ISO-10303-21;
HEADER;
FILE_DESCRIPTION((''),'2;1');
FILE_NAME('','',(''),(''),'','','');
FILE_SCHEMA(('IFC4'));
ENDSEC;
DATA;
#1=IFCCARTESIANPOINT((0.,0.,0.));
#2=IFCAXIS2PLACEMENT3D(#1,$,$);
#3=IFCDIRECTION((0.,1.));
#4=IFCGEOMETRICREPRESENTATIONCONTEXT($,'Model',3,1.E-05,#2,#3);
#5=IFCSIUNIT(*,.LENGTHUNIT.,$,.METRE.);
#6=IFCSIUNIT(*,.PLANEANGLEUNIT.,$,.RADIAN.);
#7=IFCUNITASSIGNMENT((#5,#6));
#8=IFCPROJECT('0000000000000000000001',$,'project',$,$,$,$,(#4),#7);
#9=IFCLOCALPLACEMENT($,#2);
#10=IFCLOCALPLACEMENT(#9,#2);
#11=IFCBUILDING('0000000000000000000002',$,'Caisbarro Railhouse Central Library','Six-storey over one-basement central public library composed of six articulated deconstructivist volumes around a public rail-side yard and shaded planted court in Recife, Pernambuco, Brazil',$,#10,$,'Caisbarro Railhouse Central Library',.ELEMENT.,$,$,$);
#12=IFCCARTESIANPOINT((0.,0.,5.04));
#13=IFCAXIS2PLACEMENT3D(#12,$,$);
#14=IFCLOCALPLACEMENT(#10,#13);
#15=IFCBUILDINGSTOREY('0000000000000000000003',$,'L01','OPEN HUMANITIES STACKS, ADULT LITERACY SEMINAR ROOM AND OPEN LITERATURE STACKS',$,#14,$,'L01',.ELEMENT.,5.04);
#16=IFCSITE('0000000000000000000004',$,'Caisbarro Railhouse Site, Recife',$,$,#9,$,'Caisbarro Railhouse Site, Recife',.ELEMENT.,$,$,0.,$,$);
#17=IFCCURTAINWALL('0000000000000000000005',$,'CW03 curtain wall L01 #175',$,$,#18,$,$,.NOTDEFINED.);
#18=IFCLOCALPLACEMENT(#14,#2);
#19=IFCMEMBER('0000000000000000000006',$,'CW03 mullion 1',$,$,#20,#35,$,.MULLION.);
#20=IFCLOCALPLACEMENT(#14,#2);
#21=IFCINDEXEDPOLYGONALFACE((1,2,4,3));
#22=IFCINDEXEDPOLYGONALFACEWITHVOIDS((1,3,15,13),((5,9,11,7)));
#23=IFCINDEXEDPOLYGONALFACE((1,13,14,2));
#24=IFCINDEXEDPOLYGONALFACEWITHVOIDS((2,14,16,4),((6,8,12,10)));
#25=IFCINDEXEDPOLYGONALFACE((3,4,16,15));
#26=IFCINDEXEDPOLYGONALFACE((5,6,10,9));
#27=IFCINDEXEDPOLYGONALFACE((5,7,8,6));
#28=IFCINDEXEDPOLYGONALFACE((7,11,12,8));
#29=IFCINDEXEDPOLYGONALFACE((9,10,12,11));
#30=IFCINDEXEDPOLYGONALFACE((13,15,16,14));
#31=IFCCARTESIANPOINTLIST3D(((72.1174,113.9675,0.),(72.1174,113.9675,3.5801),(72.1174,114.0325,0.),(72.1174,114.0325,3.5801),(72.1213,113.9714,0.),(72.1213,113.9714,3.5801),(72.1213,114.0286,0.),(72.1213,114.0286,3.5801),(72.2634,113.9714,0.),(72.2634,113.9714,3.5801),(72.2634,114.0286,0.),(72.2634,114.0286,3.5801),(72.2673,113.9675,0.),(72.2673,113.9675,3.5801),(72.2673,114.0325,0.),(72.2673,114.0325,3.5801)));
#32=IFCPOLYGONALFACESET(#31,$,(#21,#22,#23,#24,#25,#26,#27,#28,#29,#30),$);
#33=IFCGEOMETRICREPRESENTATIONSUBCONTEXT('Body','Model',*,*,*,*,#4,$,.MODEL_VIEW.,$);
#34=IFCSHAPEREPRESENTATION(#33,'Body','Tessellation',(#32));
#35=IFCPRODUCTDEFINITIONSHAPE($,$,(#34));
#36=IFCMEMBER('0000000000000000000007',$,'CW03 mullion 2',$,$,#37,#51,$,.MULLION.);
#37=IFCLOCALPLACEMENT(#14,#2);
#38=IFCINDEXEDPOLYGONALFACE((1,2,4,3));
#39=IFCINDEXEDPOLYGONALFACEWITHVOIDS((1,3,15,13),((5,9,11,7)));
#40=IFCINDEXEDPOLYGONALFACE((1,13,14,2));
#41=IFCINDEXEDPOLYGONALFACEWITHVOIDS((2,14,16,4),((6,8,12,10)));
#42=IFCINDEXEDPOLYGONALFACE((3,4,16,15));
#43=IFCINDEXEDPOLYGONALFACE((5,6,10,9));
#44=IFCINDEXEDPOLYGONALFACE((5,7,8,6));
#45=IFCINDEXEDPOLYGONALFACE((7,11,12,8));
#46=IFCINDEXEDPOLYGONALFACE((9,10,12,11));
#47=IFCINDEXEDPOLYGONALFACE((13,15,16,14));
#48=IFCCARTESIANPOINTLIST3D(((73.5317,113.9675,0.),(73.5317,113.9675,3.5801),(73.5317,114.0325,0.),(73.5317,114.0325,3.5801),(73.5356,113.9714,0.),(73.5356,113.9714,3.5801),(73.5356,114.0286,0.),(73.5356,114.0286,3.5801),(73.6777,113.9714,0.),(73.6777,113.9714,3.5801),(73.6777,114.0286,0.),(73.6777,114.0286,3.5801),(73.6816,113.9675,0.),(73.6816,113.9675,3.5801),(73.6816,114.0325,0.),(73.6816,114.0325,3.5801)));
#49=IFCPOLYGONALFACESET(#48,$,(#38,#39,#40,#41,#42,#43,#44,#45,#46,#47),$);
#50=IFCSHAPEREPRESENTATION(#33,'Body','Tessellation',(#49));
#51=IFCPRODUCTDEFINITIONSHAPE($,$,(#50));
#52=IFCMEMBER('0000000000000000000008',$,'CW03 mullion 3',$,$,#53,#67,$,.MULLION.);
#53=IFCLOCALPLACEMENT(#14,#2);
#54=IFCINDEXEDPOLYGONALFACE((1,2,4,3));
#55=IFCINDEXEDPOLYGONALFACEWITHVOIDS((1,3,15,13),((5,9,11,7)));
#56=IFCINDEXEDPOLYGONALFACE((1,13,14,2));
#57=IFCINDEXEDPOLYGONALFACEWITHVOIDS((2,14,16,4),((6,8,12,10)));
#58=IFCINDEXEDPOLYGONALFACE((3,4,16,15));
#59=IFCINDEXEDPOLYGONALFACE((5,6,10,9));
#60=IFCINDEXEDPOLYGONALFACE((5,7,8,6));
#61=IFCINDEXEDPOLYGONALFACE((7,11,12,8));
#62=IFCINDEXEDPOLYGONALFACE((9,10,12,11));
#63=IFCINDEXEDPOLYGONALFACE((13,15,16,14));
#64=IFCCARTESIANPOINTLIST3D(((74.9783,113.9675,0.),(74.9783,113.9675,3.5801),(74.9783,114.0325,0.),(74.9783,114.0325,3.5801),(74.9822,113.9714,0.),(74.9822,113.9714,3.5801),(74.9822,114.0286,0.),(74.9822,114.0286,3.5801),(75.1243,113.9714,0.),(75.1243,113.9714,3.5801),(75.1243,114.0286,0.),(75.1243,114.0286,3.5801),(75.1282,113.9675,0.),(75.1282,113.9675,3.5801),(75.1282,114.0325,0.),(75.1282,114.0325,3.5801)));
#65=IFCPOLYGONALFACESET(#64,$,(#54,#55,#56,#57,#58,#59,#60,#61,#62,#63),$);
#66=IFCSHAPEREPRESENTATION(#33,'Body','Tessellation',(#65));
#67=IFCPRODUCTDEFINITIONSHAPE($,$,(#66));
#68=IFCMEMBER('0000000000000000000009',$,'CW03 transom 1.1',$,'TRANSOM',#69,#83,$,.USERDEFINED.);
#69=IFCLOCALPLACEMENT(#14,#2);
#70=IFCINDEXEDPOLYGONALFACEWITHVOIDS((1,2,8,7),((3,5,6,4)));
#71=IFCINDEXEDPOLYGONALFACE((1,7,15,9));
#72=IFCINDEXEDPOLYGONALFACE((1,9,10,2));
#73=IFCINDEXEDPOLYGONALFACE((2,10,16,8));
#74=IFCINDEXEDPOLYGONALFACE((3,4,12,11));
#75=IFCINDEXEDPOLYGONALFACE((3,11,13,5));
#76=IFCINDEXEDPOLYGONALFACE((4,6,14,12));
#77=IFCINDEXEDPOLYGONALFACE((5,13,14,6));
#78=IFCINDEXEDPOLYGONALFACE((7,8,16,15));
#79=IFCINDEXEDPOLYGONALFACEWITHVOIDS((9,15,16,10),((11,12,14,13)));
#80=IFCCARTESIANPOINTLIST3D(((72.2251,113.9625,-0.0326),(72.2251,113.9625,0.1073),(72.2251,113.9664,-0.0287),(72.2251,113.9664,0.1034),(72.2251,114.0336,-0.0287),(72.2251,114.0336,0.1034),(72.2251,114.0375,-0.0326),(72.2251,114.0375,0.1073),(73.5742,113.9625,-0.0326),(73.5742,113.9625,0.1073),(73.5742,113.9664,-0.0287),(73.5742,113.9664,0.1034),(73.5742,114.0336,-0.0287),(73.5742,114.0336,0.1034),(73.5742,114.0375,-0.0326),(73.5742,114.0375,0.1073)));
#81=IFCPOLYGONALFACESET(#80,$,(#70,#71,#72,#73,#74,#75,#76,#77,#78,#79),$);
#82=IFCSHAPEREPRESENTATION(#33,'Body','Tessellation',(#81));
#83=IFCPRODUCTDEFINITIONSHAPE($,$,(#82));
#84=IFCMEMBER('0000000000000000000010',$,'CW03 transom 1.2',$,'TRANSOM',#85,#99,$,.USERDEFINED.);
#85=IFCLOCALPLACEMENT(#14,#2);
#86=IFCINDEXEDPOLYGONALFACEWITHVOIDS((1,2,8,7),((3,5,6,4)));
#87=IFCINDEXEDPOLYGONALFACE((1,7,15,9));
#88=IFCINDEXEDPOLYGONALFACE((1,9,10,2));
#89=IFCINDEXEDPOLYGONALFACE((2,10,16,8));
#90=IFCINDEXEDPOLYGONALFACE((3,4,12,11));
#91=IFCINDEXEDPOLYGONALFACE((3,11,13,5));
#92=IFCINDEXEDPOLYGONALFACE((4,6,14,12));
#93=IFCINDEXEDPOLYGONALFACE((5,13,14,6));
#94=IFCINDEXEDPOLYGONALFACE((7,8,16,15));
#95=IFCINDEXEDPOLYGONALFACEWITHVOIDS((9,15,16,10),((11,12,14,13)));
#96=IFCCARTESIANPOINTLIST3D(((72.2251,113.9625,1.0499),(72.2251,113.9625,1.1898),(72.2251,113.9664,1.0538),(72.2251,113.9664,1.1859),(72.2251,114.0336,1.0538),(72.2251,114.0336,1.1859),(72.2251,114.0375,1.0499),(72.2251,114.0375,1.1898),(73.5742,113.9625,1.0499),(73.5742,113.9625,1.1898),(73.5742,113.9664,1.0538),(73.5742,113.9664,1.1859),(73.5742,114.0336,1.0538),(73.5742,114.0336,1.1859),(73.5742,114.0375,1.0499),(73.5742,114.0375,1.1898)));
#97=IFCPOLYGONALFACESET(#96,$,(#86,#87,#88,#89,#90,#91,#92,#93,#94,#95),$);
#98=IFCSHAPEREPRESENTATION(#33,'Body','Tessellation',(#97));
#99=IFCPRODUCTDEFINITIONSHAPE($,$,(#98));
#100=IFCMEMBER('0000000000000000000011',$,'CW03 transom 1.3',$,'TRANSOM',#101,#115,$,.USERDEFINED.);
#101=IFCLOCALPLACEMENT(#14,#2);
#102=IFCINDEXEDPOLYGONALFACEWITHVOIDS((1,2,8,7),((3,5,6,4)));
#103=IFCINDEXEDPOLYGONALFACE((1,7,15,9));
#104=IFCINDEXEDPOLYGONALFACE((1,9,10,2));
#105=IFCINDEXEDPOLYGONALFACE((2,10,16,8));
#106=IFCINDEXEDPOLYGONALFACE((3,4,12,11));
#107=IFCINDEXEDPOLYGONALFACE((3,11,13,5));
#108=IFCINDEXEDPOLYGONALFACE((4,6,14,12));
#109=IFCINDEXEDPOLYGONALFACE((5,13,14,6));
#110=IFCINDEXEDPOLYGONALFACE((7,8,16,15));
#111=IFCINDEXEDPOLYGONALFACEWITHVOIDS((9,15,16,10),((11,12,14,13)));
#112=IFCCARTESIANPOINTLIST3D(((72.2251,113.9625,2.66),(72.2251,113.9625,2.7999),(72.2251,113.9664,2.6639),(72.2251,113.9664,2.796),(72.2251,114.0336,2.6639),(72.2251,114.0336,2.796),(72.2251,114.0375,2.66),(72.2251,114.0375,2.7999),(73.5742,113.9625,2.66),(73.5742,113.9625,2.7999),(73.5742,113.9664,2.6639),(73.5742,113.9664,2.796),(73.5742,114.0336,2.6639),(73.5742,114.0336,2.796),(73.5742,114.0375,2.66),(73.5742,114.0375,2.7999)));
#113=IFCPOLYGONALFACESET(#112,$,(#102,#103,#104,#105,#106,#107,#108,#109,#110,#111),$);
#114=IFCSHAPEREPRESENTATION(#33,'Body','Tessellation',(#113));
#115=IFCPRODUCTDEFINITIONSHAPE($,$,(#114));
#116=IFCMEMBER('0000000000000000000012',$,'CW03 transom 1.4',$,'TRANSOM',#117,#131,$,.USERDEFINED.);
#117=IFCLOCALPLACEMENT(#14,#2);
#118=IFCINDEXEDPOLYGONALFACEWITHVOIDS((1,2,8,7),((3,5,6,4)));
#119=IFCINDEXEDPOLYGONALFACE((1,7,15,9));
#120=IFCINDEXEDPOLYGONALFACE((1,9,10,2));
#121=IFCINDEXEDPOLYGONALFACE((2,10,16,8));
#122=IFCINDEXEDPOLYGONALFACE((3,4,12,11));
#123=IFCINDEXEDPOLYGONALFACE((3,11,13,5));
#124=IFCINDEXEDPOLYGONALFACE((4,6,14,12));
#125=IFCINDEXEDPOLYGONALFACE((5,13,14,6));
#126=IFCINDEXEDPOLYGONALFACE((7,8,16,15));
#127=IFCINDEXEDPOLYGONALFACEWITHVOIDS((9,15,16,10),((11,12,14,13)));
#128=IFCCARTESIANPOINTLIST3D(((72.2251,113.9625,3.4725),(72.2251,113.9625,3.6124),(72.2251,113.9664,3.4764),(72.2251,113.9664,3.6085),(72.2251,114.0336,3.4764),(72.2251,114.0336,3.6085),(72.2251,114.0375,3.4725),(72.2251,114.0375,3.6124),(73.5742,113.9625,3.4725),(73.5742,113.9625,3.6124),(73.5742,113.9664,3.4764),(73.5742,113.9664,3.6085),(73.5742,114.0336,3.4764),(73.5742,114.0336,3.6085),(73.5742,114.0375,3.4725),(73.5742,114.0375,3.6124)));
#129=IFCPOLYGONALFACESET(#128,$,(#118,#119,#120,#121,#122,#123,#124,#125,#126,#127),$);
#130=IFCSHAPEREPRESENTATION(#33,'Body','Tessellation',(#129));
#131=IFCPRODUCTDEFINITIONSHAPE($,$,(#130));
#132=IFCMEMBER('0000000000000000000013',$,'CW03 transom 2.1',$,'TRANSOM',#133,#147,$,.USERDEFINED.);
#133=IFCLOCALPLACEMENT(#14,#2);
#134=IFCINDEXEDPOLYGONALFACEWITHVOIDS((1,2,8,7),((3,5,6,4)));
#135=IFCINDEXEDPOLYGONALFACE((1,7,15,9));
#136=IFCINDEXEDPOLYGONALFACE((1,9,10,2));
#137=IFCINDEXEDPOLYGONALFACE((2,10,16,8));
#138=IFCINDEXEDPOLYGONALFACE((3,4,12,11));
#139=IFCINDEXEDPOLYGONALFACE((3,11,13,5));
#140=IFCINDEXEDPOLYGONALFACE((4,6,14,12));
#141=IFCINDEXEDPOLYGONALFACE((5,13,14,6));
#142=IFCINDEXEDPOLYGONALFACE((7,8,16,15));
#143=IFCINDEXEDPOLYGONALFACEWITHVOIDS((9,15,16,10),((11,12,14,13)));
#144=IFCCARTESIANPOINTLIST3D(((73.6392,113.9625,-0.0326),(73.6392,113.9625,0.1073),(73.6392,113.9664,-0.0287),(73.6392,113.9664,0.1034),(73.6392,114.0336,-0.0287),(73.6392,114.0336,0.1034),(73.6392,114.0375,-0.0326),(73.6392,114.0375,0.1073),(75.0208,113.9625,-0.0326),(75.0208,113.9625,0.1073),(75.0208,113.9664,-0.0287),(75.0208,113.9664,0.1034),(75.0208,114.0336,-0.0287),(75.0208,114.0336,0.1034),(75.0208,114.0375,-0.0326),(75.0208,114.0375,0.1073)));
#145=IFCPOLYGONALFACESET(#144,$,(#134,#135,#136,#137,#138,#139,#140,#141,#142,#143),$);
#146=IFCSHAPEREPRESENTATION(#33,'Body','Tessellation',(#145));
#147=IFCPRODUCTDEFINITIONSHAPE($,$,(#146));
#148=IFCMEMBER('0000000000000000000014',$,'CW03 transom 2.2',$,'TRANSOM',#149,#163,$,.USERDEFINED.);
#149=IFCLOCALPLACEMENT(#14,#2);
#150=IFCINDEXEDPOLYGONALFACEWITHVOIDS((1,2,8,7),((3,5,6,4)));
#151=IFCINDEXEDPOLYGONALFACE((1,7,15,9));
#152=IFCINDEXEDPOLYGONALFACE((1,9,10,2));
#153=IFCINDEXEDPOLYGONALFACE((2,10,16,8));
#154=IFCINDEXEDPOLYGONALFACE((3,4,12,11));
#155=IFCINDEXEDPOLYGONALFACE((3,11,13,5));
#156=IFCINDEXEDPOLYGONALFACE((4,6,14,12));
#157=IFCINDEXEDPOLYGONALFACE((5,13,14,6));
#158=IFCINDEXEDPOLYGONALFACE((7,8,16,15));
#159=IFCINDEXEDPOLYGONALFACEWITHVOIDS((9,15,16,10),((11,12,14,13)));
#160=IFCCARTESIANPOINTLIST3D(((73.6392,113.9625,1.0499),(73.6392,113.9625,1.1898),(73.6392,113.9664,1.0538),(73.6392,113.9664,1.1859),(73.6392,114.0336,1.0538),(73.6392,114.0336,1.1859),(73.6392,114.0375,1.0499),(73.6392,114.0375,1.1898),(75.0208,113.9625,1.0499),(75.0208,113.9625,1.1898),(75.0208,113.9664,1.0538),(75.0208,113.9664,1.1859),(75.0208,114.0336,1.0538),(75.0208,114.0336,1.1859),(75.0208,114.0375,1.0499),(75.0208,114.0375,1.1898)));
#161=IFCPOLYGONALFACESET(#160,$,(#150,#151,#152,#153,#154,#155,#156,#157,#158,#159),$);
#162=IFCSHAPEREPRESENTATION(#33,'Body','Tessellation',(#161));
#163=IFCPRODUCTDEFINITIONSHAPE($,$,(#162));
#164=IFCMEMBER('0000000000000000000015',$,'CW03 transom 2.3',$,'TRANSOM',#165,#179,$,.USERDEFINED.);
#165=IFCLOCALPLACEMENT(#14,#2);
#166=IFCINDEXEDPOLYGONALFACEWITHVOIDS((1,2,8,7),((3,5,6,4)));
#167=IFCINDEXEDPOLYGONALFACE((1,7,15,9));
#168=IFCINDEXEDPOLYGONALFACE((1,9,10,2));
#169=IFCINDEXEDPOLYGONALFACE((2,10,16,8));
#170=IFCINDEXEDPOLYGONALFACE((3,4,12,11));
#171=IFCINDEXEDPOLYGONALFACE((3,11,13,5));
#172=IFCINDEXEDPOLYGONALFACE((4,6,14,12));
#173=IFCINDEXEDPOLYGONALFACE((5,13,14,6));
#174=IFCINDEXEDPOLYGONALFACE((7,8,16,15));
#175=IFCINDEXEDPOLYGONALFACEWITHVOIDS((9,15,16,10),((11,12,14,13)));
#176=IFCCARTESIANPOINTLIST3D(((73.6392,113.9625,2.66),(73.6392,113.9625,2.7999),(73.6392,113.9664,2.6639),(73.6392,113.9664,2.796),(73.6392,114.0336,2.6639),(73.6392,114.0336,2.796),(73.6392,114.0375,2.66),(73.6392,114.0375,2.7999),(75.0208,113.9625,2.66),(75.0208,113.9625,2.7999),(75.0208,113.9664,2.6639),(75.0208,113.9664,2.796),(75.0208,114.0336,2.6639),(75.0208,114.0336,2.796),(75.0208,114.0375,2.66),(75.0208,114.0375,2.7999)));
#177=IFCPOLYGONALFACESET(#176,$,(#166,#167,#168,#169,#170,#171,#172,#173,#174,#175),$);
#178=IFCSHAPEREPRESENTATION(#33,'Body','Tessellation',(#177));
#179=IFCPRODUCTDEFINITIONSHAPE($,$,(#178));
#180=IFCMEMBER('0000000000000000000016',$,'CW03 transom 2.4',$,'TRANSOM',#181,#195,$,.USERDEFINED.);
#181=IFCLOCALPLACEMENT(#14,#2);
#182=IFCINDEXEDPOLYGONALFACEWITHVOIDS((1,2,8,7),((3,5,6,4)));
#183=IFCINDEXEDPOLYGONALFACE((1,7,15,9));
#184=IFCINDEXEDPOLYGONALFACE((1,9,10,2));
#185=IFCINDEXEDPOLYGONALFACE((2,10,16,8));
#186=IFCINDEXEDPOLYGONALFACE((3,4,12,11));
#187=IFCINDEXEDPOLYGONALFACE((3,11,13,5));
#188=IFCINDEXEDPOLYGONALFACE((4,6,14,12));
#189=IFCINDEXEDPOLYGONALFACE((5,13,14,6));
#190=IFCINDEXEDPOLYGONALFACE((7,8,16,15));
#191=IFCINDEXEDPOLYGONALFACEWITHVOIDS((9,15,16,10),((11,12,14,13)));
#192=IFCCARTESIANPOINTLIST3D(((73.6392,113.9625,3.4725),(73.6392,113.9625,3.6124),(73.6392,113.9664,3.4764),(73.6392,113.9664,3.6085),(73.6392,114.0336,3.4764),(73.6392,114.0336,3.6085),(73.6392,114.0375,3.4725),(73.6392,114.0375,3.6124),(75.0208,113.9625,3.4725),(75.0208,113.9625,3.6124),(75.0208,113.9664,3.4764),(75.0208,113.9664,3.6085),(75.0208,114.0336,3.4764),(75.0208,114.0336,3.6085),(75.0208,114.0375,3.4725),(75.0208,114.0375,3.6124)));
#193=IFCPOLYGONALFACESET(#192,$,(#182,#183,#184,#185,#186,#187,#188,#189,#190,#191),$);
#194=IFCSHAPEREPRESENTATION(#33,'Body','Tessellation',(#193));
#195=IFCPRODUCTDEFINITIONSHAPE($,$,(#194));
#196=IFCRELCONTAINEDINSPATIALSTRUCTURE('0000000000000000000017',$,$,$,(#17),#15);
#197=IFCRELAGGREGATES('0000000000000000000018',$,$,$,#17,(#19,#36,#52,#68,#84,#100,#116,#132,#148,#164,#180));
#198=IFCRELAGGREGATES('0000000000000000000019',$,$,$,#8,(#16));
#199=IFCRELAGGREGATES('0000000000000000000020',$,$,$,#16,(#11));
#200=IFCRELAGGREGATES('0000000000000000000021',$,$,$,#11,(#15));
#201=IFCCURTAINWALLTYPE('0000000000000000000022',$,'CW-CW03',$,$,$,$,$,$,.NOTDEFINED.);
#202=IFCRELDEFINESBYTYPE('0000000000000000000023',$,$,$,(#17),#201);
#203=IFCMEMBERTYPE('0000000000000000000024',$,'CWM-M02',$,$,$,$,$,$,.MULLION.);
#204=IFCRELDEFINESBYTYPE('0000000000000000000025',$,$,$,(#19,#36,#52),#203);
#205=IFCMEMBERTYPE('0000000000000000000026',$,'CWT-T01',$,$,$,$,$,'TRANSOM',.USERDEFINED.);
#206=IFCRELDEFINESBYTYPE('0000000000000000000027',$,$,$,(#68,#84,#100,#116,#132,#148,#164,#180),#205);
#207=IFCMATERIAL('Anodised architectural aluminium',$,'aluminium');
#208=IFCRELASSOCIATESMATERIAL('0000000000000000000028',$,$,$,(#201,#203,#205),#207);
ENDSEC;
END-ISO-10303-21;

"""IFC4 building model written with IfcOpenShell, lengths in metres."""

from ifc_helpers import new_model, si_unit, direction, frame, origin, origin_2d, place, context, subcontext, project, spatial, hollow_rectangle, extrude, material, material_profile, profile_set, type_object, element, aggregate, save


model = new_model("IFC4")

# Units and contexts
model_context = context("Model", 3, precision=1e-05, world=origin(), true_north=direction((0.0, 1.0)))
body_context = subcontext(model_context, "Body", "Model", "MODEL_VIEW")
ifc_project = project(units=[si_unit("LENGTHUNIT", "METRE"), si_unit("PLANEANGLEUNIT", "RADIAN")], contexts=[model_context])

# Site, building, storey
site_placement = place(None, origin())
site = spatial("IfcSite", under=ifc_project, at=site_placement, Name="Caisbarro Railhouse Site, Recife", LongName="Caisbarro Railhouse Site, Recife", CompositionType="ELEMENT", RefElevation=0.0)
building_placement = place(site_placement, origin())
building = spatial("IfcBuilding", under=site, at=building_placement, Name="Caisbarro Railhouse Central Library", Description="Six-storey over one-basement central public library composed of six articulated deconstructivist volumes around a public rail-side yard and shaded planted court in Recife, Pernambuco, Brazil", LongName="Caisbarro Railhouse Central Library", CompositionType="ELEMENT")
storey_placement = place(building_placement, frame((0.0, 0.0, 5.04)))
storey = spatial("IfcBuildingStorey", under=building, at=storey_placement, Name="L01", Description="OPEN HUMANITIES STACKS, ADULT LITERACY SEMINAR ROOM AND OPEN LITERATURE STACKS", LongName="L01", CompositionType="ELEMENT", Elevation=5.04)

# Curtain wall, members
ifc_material_1 = material(Name="Anodised architectural aluminium", Category="aluminium")
curtain_wall_type = type_object("IfcCurtainWallType", Name="CW-CW03", PredefinedType="NOTDEFINED", material=ifc_material_1)
curtain_wall_placement = place(storey_placement, origin())
curtain_wall = element("IfcCurtainWall", 1, at=curtain_wall_placement, inside=storey, type_object=curtain_wall_type, Name="CW03 curtain wall L01 #175", PredefinedType="NOTDEFINED")
ifc_material_profile_1 = material_profile(ifc_material_1, hollow_rectangle(XDim=0.0649, YDim=0.1499, WallThickness=0.0039, at=origin_2d()), Name="ALU-MUL-65X150")
ifc_profile_set_1 = profile_set([ifc_material_profile_1], Name="Anodised architectural aluminium")
member_type_1 = type_object("IfcMemberType", Name="CWM-M02", PredefinedType="MULLION", material=ifc_profile_set_1)
member_1_placement = place(storey_placement, frame((72.1924, 114.0, 0.0), z_axis=(0.0, 0.0, 1.0), x_axis=(0.0, 1.0, 0.0)))
member_1 = element("IfcMember", 2, at=member_1_placement, type_object=member_type_1, Name="CW03 mullion 1", PredefinedType="MULLION", context=body_context, shape_type="SweptSolid", body=[
    extrude(hollow_rectangle(XDim=0.0649, YDim=0.1499, WallThickness=0.0039, at=origin_2d()), origin(), (0.0, 0.0, 1.0), 3.5801),
])
member_2_placement = place(storey_placement, frame((73.6067, 114.0, 0.0), z_axis=(0.0, 0.0, 1.0), x_axis=(0.0, 1.0, 0.0)))
member_2 = element("IfcMember", 3, at=member_2_placement, type_object=member_type_1, Name="CW03 mullion 2", PredefinedType="MULLION", context=body_context, shape_type="SweptSolid", body=[
    extrude(hollow_rectangle(XDim=0.0649, YDim=0.1499, WallThickness=0.0039, at=origin_2d()), origin(), (0.0, 0.0, 1.0), 3.5801),
])
member_3_placement = place(storey_placement, frame((75.0532, 114.0, 0.0), z_axis=(0.0, 0.0, 1.0), x_axis=(0.0, 1.0, 0.0)))
member_3 = element("IfcMember", 4, at=member_3_placement, type_object=member_type_1, Name="CW03 mullion 3", PredefinedType="MULLION", context=body_context, shape_type="SweptSolid", body=[
    extrude(hollow_rectangle(XDim=0.0649, YDim=0.1499, WallThickness=0.0039, at=origin_2d()), origin(), (0.0, 0.0, 1.0), 3.5801),
])
ifc_material_profile_2 = material_profile(ifc_material_1, hollow_rectangle(XDim=0.075, YDim=0.1399, WallThickness=0.0039, at=origin_2d()), Name="ALU-TRN-75X140")
ifc_profile_set_2 = profile_set([ifc_material_profile_2], Name="Anodised architectural aluminium")
member_type_2 = type_object("IfcMemberType", Name="CWT-T01", ElementType="TRANSOM", PredefinedType="USERDEFINED", material=ifc_profile_set_2)
member_4_placement = place(storey_placement, frame((72.2251, 114.0, 0.0374), z_axis=(1.0, 0.0, 0.0), x_axis=(0.0, 1.0, 0.0)))
member_4 = element("IfcMember", 5, at=member_4_placement, type_object=member_type_2, Name="CW03 transom 1.1", ObjectType="TRANSOM", PredefinedType="USERDEFINED", context=body_context, shape_type="SweptSolid", body=[
    extrude(hollow_rectangle(XDim=0.075, YDim=0.1399, WallThickness=0.0039, at=origin_2d()), origin(), (0.0, 0.0, 1.0), 1.3491),
])
member_5_placement = place(storey_placement, frame((72.2251, 114.0, 1.1199), z_axis=(1.0, 0.0, 0.0), x_axis=(0.0, 1.0, 0.0)))
member_5 = element("IfcMember", 6, at=member_5_placement, type_object=member_type_2, Name="CW03 transom 1.2", ObjectType="TRANSOM", PredefinedType="USERDEFINED", context=body_context, shape_type="SweptSolid", body=[
    extrude(hollow_rectangle(XDim=0.075, YDim=0.1399, WallThickness=0.0039, at=origin_2d()), origin(), (0.0, 0.0, 1.0), 1.3491),
])
member_6_placement = place(storey_placement, frame((72.2251, 114.0, 2.73), z_axis=(1.0, 0.0, 0.0), x_axis=(0.0, 1.0, 0.0)))
member_6 = element("IfcMember", 7, at=member_6_placement, type_object=member_type_2, Name="CW03 transom 1.3", ObjectType="TRANSOM", PredefinedType="USERDEFINED", context=body_context, shape_type="SweptSolid", body=[
    extrude(hollow_rectangle(XDim=0.075, YDim=0.1399, WallThickness=0.0039, at=origin_2d()), origin(), (0.0, 0.0, 1.0), 1.3491),
])
member_7_placement = place(storey_placement, frame((72.2251, 114.0, 3.5425), z_axis=(1.0, 0.0, 0.0), x_axis=(0.0, 1.0, 0.0)))
member_7 = element("IfcMember", 8, at=member_7_placement, type_object=member_type_2, Name="CW03 transom 1.4", ObjectType="TRANSOM", PredefinedType="USERDEFINED", context=body_context, shape_type="SweptSolid", body=[
    extrude(hollow_rectangle(XDim=0.075, YDim=0.1399, WallThickness=0.0039, at=origin_2d()), origin(), (0.0, 0.0, 1.0), 1.3491),
])
member_8_placement = place(storey_placement, frame((73.6392, 114.0, 0.0374), z_axis=(1.0, 0.0, 0.0), x_axis=(0.0, 1.0, 0.0)))
member_8 = element("IfcMember", 9, at=member_8_placement, type_object=member_type_2, Name="CW03 transom 2.1", ObjectType="TRANSOM", PredefinedType="USERDEFINED", context=body_context, shape_type="SweptSolid", body=[
    extrude(hollow_rectangle(XDim=0.075, YDim=0.1399, WallThickness=0.0039, at=origin_2d()), origin(), (0.0, 0.0, 1.0), 1.3816),
])
member_9_placement = place(storey_placement, frame((73.6392, 114.0, 1.1199), z_axis=(1.0, 0.0, 0.0), x_axis=(0.0, 1.0, 0.0)))
member_9 = element("IfcMember", 10, at=member_9_placement, type_object=member_type_2, Name="CW03 transom 2.2", ObjectType="TRANSOM", PredefinedType="USERDEFINED", context=body_context, shape_type="SweptSolid", body=[
    extrude(hollow_rectangle(XDim=0.075, YDim=0.1399, WallThickness=0.0039, at=origin_2d()), origin(), (0.0, 0.0, 1.0), 1.3816),
])
member_10_placement = place(storey_placement, frame((73.6392, 114.0, 2.73), z_axis=(1.0, 0.0, 0.0), x_axis=(0.0, 1.0, 0.0)))
member_10 = element("IfcMember", 11, at=member_10_placement, type_object=member_type_2, Name="CW03 transom 2.3", ObjectType="TRANSOM", PredefinedType="USERDEFINED", context=body_context, shape_type="SweptSolid", body=[
    extrude(hollow_rectangle(XDim=0.075, YDim=0.1399, WallThickness=0.0039, at=origin_2d()), origin(), (0.0, 0.0, 1.0), 1.3816),
])
member_11_placement = place(storey_placement, frame((73.6392, 114.0, 3.5425), z_axis=(1.0, 0.0, 0.0), x_axis=(0.0, 1.0, 0.0)))
member_11 = element("IfcMember", 12, at=member_11_placement, type_object=member_type_2, Name="CW03 transom 2.4", ObjectType="TRANSOM", PredefinedType="USERDEFINED", context=body_context, shape_type="SweptSolid", body=[
    extrude(hollow_rectangle(XDim=0.075, YDim=0.1399, WallThickness=0.0039, at=origin_2d()), origin(), (0.0, 0.0, 1.0), 1.3816),
])
aggregate(curtain_wall, [member_1, member_2, member_3, member_4, member_5, member_6, member_7, member_8, member_9, member_10, member_11])

save(model, "model.ifc")
